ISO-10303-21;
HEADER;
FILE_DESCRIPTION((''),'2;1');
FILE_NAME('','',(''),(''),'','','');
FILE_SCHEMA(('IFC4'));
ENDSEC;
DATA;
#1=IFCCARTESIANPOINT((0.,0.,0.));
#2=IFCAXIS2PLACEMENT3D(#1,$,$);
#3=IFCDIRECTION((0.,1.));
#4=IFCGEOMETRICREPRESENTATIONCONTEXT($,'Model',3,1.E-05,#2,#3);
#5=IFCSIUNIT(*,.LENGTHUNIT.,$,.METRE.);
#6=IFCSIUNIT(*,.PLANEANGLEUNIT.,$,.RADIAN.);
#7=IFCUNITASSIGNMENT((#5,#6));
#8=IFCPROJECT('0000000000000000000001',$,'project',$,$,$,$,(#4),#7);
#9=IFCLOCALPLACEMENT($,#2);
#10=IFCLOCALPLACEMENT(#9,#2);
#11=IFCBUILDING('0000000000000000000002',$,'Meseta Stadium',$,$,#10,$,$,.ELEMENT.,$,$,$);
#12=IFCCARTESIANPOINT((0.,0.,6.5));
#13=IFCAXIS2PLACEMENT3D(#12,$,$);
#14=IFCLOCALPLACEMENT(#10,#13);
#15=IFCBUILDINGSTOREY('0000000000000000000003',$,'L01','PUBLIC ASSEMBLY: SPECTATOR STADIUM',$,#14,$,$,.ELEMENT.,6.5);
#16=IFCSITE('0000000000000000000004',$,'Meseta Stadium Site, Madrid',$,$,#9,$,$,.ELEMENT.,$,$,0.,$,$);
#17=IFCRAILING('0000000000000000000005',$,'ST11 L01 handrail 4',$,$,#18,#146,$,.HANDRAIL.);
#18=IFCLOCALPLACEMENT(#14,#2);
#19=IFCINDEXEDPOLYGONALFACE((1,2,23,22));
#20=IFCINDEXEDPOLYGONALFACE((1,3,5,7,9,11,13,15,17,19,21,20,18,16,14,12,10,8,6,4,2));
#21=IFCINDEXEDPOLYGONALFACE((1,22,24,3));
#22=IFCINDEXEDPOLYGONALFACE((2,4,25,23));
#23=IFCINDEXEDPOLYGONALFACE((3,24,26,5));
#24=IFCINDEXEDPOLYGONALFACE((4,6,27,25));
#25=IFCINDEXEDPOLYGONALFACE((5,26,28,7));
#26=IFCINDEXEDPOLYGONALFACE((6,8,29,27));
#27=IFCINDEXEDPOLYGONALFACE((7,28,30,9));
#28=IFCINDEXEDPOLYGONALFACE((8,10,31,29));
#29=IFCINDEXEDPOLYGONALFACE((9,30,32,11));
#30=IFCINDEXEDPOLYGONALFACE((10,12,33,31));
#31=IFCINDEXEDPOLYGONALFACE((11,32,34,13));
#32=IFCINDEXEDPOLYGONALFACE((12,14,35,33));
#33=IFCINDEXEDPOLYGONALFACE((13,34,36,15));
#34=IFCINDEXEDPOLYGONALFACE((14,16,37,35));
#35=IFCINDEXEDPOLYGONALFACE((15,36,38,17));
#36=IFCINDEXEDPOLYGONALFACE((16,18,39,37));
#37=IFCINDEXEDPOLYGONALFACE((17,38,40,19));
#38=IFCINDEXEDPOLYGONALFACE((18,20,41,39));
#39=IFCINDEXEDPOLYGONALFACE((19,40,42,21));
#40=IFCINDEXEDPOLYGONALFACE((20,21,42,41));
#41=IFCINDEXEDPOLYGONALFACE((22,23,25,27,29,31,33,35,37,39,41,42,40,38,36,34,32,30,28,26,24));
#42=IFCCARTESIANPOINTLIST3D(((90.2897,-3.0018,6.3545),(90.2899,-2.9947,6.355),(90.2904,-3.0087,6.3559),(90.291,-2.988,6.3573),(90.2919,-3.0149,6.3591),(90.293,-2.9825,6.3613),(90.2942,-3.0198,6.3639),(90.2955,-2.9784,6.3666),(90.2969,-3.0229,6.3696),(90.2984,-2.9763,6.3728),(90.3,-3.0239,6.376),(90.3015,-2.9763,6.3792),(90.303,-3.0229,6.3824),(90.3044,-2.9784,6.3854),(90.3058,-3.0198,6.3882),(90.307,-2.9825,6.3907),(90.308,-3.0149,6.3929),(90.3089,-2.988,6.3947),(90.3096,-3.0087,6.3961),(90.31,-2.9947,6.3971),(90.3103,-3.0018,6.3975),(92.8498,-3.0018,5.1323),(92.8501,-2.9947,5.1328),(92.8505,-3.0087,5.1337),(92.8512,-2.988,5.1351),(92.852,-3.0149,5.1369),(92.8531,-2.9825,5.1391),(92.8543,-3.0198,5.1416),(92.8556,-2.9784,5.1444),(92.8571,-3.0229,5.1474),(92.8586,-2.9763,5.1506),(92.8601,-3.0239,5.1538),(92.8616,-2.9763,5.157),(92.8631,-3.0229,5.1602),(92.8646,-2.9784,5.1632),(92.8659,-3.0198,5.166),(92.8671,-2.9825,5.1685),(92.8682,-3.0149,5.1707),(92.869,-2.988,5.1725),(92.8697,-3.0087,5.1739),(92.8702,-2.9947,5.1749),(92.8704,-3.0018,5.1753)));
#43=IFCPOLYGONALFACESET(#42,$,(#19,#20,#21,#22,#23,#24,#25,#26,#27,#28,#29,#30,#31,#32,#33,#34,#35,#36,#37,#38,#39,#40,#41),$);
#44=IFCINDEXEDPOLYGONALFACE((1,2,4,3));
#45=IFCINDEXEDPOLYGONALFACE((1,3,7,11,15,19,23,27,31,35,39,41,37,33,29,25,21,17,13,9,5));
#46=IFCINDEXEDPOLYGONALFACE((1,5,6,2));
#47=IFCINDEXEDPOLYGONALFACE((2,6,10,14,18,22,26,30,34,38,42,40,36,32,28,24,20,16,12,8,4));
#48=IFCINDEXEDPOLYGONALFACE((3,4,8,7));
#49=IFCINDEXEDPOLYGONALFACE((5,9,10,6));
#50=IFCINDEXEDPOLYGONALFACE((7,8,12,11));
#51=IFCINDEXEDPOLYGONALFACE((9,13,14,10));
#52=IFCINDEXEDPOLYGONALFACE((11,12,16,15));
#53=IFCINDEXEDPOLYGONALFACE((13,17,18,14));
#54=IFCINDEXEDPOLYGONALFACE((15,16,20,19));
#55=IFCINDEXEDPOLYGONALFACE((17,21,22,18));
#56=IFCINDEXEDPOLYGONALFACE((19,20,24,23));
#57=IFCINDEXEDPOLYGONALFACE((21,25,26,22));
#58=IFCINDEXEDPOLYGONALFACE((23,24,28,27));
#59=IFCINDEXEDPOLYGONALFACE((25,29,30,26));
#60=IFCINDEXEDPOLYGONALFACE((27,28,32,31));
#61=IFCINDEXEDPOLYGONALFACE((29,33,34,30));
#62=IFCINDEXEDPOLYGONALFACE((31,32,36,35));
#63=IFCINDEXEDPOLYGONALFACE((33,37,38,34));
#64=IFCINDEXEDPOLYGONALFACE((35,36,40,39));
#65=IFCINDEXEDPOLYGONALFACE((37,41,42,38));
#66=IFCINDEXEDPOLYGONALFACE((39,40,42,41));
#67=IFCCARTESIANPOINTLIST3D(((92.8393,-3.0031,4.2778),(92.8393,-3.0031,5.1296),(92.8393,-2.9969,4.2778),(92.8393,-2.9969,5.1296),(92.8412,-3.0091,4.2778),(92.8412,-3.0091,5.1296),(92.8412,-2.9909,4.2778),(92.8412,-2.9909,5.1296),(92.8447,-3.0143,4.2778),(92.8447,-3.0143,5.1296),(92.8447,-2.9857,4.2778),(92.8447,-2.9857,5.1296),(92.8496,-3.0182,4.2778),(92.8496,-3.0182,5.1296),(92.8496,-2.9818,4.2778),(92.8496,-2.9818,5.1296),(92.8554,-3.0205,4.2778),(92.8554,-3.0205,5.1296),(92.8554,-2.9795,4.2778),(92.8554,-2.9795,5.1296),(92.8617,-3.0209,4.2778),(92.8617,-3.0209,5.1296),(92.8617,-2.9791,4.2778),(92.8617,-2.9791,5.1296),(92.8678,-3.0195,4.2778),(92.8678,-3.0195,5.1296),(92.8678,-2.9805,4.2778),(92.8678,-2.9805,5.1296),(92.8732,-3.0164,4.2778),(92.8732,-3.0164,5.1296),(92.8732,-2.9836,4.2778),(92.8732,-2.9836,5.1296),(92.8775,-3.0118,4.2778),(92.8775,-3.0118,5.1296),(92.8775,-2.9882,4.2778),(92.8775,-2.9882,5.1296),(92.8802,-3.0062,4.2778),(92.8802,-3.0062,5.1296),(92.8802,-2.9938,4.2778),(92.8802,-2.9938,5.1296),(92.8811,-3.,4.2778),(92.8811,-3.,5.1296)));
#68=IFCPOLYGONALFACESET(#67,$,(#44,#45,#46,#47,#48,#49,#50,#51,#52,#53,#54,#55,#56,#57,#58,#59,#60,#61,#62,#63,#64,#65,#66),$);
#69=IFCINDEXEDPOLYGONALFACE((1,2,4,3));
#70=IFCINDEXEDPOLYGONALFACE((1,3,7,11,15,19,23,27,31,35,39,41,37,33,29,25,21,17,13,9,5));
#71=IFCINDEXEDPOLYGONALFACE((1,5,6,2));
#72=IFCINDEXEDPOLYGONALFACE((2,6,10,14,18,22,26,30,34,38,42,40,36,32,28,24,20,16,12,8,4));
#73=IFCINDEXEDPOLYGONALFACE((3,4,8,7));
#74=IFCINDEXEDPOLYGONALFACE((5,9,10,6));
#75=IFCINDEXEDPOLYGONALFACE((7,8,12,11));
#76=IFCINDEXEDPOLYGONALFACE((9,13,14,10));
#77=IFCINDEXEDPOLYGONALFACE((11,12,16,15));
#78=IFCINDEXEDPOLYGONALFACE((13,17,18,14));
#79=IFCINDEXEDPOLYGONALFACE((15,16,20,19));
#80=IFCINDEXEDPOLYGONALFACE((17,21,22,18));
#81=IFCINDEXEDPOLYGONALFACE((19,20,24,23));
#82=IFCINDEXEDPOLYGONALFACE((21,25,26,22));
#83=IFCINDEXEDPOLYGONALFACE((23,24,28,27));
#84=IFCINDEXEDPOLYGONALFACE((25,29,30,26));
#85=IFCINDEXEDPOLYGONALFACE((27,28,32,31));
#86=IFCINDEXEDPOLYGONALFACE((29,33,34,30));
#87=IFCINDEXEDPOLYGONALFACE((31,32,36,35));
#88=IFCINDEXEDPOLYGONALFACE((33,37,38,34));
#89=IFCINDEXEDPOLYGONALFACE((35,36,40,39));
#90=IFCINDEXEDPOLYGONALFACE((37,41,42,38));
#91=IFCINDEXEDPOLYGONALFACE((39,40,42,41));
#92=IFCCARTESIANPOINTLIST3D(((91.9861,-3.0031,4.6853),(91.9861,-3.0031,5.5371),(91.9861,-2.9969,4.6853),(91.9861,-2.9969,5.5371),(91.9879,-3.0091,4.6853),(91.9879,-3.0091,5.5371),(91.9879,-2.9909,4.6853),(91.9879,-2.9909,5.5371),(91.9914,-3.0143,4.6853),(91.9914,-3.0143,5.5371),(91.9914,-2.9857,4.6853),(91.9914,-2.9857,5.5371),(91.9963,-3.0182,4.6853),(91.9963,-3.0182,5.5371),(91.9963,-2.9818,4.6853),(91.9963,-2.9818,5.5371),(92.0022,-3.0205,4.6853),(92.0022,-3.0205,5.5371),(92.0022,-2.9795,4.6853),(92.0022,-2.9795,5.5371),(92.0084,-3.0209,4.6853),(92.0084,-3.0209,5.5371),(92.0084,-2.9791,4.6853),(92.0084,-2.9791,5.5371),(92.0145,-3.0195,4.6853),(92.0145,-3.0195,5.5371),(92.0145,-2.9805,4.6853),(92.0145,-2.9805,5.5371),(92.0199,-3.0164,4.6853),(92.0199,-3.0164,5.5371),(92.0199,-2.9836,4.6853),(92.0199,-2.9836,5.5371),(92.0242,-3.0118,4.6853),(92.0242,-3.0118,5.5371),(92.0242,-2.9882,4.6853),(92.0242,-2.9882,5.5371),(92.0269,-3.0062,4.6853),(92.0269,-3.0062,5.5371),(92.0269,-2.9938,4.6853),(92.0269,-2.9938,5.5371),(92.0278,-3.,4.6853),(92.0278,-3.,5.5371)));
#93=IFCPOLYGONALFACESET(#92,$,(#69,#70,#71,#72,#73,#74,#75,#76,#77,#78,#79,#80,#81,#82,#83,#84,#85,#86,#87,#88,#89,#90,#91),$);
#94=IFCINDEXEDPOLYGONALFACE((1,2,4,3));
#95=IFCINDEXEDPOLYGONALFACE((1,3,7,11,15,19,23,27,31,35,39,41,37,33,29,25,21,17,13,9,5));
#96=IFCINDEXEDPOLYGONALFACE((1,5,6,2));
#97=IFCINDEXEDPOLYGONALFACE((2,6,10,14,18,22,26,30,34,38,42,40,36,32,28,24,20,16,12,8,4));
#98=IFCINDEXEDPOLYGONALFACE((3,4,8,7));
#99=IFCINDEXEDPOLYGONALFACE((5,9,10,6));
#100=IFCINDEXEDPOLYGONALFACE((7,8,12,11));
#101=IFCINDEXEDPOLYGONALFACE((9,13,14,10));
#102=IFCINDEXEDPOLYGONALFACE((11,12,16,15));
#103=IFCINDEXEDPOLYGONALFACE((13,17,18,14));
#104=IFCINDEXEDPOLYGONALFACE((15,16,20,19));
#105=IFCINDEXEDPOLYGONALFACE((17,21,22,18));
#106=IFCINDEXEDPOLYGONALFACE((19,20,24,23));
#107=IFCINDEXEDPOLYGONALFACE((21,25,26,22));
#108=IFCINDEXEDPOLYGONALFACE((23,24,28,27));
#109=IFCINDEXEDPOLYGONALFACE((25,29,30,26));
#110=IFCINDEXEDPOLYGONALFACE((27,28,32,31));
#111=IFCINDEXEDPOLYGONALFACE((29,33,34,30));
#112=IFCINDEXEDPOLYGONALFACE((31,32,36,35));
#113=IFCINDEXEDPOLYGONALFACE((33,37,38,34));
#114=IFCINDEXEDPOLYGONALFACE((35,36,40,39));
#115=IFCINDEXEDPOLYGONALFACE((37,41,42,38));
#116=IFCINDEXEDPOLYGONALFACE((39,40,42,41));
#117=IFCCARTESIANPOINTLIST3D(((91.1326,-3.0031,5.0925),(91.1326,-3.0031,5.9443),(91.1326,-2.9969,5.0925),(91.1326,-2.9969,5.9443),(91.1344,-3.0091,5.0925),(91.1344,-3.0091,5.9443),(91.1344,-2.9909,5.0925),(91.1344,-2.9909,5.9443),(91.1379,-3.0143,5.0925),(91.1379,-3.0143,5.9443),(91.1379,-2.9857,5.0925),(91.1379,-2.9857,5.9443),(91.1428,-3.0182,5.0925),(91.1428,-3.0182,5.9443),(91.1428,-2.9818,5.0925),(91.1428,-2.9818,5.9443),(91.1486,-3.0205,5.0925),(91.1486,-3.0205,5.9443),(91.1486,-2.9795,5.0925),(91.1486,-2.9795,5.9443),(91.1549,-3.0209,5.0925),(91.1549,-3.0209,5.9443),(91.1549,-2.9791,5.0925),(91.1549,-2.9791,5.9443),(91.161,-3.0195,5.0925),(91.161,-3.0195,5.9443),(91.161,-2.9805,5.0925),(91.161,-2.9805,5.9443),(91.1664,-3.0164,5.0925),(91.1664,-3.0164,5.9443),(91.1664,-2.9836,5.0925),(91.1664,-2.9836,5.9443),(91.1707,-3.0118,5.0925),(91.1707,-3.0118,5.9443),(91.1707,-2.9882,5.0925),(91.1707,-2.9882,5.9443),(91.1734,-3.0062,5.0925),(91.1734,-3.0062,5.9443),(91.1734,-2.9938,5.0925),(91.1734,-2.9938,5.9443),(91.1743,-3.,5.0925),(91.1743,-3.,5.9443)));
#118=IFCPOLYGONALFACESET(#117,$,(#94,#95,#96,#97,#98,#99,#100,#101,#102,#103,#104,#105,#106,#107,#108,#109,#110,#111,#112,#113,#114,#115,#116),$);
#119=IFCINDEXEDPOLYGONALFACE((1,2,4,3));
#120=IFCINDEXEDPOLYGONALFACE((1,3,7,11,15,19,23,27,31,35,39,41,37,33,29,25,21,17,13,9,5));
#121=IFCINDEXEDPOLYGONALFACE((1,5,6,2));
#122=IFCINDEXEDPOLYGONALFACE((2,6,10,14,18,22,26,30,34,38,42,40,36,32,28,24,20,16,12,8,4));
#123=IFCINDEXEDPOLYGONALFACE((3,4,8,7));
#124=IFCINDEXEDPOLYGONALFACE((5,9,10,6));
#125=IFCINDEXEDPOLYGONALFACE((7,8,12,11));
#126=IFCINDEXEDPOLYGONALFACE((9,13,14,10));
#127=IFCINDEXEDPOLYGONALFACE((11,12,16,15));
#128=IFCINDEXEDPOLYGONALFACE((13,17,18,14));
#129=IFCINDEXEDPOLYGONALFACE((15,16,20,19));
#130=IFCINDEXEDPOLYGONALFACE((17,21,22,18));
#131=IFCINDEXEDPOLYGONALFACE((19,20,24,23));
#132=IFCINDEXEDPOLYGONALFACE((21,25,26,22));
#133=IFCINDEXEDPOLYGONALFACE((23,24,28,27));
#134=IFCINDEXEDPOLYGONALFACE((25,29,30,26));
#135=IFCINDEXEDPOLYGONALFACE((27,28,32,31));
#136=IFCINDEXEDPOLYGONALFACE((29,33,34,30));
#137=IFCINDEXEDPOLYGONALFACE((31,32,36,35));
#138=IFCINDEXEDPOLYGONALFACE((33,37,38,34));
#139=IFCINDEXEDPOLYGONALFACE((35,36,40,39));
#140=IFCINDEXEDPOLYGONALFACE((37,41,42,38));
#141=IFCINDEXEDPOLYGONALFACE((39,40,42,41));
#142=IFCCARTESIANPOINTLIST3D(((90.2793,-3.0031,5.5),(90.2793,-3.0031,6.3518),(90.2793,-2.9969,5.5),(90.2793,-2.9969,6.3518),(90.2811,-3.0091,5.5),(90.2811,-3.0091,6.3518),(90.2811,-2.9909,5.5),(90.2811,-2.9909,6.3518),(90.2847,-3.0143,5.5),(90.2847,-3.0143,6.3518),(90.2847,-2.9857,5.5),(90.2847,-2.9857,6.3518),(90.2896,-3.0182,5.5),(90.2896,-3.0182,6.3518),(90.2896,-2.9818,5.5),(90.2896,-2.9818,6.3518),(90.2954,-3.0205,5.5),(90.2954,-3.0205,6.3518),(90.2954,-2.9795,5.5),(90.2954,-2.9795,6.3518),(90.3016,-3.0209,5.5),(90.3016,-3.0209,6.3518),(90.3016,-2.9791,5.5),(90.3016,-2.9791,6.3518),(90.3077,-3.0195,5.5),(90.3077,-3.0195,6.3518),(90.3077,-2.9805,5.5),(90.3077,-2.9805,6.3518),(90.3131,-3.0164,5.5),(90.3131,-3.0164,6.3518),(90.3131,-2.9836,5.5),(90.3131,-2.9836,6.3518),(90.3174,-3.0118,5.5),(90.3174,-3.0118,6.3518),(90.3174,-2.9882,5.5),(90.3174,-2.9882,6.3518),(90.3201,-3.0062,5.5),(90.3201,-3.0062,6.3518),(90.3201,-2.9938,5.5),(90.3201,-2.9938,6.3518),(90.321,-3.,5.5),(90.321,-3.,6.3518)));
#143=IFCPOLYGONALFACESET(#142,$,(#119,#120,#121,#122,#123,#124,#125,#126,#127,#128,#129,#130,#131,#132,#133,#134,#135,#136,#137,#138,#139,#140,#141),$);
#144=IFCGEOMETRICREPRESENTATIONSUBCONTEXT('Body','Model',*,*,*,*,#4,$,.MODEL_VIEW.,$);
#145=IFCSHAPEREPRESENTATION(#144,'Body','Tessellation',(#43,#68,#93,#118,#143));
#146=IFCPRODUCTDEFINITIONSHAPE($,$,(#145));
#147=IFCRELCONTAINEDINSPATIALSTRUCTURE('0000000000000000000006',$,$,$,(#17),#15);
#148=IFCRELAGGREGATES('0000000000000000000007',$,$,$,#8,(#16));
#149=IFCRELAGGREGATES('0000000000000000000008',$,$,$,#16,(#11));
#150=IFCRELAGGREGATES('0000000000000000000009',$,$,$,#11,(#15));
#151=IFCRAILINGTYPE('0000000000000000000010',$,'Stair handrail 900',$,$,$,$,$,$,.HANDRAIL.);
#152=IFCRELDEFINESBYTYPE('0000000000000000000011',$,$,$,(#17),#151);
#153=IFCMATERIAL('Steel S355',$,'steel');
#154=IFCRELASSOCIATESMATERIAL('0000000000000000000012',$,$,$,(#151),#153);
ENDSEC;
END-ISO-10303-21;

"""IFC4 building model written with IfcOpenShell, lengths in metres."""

from ifc_helpers import new_model, si_unit, direction, frame, origin, origin_2d, place, context, subcontext, project, spatial, circle, extrude, material, type_object, element, save


model = new_model("IFC4")

# Units and contexts
model_context = context("Model", 3, precision=1e-05, world=origin(), true_north=direction((0.0, 1.0)))
body_context = subcontext(model_context, "Body", "Model", "MODEL_VIEW")
ifc_project = project(units=[si_unit("LENGTHUNIT", "METRE"), si_unit("PLANEANGLEUNIT", "RADIAN")], contexts=[model_context])

# Site, building, storey
site_placement = place(None, origin())
site = spatial("IfcSite", under=ifc_project, at=site_placement, Name="Meseta Stadium Site, Madrid", CompositionType="ELEMENT", RefElevation=0.0)
building_placement = place(site_placement, origin())
building = spatial("IfcBuilding", under=site, at=building_placement, Name="Meseta Stadium", CompositionType="ELEMENT")
storey_placement = place(building_placement, frame((0.0, 0.0, 6.5)))
storey = spatial("IfcBuildingStorey", under=building, at=storey_placement, Name="L01", Description="PUBLIC ASSEMBLY: SPECTATOR STADIUM", CompositionType="ELEMENT", Elevation=6.5)

# Railing
ifc_material_1 = material(Name="Steel S355", Category="steel")
railing_type_1 = type_object("IfcRailingType", Name="Stair handrail 900", PredefinedType="HANDRAIL", material=ifc_material_1)
for number, where, name in (
    (1, (92.8601, -3.0, 4.2778), "ST11 L01 handrail 4"),
):
    element("IfcRailing", number, at=place(storey_placement, frame(where)), inside=storey, type_object=railing_type_1, Name=name, PredefinedType="HANDRAIL", context=body_context, shape_type="SweptSolid", body=[
        extrude(circle(Radius=0.0239, at=origin_2d()), frame((0.0, 0.0, 0.876), z_axis=(-0.902437, 0.0, 0.430822), x_axis=(0.0, -1.0, 0.0)), (0.0, 0.0, 1.0), 2.8369),
        extrude(circle(Radius=0.021, at=origin_2d()), origin(), (0.0, 0.0, 1.0), 0.8518),
        extrude(circle(Radius=0.021, at=origin_2d()), frame((-0.8533, 0.0, 0.4075)), (0.0, 0.0, 1.0), 0.8518),
        extrude(circle(Radius=0.021, at=origin_2d()), frame((-1.7068, 0.0, 0.8147)), (0.0, 0.0, 1.0), 0.8518),
        extrude(circle(Radius=0.021, at=origin_2d()), frame((-2.5601, 0.0, 1.2222)), (0.0, 0.0, 1.0), 0.8518),
    ])

save(model, "model.ifc")
